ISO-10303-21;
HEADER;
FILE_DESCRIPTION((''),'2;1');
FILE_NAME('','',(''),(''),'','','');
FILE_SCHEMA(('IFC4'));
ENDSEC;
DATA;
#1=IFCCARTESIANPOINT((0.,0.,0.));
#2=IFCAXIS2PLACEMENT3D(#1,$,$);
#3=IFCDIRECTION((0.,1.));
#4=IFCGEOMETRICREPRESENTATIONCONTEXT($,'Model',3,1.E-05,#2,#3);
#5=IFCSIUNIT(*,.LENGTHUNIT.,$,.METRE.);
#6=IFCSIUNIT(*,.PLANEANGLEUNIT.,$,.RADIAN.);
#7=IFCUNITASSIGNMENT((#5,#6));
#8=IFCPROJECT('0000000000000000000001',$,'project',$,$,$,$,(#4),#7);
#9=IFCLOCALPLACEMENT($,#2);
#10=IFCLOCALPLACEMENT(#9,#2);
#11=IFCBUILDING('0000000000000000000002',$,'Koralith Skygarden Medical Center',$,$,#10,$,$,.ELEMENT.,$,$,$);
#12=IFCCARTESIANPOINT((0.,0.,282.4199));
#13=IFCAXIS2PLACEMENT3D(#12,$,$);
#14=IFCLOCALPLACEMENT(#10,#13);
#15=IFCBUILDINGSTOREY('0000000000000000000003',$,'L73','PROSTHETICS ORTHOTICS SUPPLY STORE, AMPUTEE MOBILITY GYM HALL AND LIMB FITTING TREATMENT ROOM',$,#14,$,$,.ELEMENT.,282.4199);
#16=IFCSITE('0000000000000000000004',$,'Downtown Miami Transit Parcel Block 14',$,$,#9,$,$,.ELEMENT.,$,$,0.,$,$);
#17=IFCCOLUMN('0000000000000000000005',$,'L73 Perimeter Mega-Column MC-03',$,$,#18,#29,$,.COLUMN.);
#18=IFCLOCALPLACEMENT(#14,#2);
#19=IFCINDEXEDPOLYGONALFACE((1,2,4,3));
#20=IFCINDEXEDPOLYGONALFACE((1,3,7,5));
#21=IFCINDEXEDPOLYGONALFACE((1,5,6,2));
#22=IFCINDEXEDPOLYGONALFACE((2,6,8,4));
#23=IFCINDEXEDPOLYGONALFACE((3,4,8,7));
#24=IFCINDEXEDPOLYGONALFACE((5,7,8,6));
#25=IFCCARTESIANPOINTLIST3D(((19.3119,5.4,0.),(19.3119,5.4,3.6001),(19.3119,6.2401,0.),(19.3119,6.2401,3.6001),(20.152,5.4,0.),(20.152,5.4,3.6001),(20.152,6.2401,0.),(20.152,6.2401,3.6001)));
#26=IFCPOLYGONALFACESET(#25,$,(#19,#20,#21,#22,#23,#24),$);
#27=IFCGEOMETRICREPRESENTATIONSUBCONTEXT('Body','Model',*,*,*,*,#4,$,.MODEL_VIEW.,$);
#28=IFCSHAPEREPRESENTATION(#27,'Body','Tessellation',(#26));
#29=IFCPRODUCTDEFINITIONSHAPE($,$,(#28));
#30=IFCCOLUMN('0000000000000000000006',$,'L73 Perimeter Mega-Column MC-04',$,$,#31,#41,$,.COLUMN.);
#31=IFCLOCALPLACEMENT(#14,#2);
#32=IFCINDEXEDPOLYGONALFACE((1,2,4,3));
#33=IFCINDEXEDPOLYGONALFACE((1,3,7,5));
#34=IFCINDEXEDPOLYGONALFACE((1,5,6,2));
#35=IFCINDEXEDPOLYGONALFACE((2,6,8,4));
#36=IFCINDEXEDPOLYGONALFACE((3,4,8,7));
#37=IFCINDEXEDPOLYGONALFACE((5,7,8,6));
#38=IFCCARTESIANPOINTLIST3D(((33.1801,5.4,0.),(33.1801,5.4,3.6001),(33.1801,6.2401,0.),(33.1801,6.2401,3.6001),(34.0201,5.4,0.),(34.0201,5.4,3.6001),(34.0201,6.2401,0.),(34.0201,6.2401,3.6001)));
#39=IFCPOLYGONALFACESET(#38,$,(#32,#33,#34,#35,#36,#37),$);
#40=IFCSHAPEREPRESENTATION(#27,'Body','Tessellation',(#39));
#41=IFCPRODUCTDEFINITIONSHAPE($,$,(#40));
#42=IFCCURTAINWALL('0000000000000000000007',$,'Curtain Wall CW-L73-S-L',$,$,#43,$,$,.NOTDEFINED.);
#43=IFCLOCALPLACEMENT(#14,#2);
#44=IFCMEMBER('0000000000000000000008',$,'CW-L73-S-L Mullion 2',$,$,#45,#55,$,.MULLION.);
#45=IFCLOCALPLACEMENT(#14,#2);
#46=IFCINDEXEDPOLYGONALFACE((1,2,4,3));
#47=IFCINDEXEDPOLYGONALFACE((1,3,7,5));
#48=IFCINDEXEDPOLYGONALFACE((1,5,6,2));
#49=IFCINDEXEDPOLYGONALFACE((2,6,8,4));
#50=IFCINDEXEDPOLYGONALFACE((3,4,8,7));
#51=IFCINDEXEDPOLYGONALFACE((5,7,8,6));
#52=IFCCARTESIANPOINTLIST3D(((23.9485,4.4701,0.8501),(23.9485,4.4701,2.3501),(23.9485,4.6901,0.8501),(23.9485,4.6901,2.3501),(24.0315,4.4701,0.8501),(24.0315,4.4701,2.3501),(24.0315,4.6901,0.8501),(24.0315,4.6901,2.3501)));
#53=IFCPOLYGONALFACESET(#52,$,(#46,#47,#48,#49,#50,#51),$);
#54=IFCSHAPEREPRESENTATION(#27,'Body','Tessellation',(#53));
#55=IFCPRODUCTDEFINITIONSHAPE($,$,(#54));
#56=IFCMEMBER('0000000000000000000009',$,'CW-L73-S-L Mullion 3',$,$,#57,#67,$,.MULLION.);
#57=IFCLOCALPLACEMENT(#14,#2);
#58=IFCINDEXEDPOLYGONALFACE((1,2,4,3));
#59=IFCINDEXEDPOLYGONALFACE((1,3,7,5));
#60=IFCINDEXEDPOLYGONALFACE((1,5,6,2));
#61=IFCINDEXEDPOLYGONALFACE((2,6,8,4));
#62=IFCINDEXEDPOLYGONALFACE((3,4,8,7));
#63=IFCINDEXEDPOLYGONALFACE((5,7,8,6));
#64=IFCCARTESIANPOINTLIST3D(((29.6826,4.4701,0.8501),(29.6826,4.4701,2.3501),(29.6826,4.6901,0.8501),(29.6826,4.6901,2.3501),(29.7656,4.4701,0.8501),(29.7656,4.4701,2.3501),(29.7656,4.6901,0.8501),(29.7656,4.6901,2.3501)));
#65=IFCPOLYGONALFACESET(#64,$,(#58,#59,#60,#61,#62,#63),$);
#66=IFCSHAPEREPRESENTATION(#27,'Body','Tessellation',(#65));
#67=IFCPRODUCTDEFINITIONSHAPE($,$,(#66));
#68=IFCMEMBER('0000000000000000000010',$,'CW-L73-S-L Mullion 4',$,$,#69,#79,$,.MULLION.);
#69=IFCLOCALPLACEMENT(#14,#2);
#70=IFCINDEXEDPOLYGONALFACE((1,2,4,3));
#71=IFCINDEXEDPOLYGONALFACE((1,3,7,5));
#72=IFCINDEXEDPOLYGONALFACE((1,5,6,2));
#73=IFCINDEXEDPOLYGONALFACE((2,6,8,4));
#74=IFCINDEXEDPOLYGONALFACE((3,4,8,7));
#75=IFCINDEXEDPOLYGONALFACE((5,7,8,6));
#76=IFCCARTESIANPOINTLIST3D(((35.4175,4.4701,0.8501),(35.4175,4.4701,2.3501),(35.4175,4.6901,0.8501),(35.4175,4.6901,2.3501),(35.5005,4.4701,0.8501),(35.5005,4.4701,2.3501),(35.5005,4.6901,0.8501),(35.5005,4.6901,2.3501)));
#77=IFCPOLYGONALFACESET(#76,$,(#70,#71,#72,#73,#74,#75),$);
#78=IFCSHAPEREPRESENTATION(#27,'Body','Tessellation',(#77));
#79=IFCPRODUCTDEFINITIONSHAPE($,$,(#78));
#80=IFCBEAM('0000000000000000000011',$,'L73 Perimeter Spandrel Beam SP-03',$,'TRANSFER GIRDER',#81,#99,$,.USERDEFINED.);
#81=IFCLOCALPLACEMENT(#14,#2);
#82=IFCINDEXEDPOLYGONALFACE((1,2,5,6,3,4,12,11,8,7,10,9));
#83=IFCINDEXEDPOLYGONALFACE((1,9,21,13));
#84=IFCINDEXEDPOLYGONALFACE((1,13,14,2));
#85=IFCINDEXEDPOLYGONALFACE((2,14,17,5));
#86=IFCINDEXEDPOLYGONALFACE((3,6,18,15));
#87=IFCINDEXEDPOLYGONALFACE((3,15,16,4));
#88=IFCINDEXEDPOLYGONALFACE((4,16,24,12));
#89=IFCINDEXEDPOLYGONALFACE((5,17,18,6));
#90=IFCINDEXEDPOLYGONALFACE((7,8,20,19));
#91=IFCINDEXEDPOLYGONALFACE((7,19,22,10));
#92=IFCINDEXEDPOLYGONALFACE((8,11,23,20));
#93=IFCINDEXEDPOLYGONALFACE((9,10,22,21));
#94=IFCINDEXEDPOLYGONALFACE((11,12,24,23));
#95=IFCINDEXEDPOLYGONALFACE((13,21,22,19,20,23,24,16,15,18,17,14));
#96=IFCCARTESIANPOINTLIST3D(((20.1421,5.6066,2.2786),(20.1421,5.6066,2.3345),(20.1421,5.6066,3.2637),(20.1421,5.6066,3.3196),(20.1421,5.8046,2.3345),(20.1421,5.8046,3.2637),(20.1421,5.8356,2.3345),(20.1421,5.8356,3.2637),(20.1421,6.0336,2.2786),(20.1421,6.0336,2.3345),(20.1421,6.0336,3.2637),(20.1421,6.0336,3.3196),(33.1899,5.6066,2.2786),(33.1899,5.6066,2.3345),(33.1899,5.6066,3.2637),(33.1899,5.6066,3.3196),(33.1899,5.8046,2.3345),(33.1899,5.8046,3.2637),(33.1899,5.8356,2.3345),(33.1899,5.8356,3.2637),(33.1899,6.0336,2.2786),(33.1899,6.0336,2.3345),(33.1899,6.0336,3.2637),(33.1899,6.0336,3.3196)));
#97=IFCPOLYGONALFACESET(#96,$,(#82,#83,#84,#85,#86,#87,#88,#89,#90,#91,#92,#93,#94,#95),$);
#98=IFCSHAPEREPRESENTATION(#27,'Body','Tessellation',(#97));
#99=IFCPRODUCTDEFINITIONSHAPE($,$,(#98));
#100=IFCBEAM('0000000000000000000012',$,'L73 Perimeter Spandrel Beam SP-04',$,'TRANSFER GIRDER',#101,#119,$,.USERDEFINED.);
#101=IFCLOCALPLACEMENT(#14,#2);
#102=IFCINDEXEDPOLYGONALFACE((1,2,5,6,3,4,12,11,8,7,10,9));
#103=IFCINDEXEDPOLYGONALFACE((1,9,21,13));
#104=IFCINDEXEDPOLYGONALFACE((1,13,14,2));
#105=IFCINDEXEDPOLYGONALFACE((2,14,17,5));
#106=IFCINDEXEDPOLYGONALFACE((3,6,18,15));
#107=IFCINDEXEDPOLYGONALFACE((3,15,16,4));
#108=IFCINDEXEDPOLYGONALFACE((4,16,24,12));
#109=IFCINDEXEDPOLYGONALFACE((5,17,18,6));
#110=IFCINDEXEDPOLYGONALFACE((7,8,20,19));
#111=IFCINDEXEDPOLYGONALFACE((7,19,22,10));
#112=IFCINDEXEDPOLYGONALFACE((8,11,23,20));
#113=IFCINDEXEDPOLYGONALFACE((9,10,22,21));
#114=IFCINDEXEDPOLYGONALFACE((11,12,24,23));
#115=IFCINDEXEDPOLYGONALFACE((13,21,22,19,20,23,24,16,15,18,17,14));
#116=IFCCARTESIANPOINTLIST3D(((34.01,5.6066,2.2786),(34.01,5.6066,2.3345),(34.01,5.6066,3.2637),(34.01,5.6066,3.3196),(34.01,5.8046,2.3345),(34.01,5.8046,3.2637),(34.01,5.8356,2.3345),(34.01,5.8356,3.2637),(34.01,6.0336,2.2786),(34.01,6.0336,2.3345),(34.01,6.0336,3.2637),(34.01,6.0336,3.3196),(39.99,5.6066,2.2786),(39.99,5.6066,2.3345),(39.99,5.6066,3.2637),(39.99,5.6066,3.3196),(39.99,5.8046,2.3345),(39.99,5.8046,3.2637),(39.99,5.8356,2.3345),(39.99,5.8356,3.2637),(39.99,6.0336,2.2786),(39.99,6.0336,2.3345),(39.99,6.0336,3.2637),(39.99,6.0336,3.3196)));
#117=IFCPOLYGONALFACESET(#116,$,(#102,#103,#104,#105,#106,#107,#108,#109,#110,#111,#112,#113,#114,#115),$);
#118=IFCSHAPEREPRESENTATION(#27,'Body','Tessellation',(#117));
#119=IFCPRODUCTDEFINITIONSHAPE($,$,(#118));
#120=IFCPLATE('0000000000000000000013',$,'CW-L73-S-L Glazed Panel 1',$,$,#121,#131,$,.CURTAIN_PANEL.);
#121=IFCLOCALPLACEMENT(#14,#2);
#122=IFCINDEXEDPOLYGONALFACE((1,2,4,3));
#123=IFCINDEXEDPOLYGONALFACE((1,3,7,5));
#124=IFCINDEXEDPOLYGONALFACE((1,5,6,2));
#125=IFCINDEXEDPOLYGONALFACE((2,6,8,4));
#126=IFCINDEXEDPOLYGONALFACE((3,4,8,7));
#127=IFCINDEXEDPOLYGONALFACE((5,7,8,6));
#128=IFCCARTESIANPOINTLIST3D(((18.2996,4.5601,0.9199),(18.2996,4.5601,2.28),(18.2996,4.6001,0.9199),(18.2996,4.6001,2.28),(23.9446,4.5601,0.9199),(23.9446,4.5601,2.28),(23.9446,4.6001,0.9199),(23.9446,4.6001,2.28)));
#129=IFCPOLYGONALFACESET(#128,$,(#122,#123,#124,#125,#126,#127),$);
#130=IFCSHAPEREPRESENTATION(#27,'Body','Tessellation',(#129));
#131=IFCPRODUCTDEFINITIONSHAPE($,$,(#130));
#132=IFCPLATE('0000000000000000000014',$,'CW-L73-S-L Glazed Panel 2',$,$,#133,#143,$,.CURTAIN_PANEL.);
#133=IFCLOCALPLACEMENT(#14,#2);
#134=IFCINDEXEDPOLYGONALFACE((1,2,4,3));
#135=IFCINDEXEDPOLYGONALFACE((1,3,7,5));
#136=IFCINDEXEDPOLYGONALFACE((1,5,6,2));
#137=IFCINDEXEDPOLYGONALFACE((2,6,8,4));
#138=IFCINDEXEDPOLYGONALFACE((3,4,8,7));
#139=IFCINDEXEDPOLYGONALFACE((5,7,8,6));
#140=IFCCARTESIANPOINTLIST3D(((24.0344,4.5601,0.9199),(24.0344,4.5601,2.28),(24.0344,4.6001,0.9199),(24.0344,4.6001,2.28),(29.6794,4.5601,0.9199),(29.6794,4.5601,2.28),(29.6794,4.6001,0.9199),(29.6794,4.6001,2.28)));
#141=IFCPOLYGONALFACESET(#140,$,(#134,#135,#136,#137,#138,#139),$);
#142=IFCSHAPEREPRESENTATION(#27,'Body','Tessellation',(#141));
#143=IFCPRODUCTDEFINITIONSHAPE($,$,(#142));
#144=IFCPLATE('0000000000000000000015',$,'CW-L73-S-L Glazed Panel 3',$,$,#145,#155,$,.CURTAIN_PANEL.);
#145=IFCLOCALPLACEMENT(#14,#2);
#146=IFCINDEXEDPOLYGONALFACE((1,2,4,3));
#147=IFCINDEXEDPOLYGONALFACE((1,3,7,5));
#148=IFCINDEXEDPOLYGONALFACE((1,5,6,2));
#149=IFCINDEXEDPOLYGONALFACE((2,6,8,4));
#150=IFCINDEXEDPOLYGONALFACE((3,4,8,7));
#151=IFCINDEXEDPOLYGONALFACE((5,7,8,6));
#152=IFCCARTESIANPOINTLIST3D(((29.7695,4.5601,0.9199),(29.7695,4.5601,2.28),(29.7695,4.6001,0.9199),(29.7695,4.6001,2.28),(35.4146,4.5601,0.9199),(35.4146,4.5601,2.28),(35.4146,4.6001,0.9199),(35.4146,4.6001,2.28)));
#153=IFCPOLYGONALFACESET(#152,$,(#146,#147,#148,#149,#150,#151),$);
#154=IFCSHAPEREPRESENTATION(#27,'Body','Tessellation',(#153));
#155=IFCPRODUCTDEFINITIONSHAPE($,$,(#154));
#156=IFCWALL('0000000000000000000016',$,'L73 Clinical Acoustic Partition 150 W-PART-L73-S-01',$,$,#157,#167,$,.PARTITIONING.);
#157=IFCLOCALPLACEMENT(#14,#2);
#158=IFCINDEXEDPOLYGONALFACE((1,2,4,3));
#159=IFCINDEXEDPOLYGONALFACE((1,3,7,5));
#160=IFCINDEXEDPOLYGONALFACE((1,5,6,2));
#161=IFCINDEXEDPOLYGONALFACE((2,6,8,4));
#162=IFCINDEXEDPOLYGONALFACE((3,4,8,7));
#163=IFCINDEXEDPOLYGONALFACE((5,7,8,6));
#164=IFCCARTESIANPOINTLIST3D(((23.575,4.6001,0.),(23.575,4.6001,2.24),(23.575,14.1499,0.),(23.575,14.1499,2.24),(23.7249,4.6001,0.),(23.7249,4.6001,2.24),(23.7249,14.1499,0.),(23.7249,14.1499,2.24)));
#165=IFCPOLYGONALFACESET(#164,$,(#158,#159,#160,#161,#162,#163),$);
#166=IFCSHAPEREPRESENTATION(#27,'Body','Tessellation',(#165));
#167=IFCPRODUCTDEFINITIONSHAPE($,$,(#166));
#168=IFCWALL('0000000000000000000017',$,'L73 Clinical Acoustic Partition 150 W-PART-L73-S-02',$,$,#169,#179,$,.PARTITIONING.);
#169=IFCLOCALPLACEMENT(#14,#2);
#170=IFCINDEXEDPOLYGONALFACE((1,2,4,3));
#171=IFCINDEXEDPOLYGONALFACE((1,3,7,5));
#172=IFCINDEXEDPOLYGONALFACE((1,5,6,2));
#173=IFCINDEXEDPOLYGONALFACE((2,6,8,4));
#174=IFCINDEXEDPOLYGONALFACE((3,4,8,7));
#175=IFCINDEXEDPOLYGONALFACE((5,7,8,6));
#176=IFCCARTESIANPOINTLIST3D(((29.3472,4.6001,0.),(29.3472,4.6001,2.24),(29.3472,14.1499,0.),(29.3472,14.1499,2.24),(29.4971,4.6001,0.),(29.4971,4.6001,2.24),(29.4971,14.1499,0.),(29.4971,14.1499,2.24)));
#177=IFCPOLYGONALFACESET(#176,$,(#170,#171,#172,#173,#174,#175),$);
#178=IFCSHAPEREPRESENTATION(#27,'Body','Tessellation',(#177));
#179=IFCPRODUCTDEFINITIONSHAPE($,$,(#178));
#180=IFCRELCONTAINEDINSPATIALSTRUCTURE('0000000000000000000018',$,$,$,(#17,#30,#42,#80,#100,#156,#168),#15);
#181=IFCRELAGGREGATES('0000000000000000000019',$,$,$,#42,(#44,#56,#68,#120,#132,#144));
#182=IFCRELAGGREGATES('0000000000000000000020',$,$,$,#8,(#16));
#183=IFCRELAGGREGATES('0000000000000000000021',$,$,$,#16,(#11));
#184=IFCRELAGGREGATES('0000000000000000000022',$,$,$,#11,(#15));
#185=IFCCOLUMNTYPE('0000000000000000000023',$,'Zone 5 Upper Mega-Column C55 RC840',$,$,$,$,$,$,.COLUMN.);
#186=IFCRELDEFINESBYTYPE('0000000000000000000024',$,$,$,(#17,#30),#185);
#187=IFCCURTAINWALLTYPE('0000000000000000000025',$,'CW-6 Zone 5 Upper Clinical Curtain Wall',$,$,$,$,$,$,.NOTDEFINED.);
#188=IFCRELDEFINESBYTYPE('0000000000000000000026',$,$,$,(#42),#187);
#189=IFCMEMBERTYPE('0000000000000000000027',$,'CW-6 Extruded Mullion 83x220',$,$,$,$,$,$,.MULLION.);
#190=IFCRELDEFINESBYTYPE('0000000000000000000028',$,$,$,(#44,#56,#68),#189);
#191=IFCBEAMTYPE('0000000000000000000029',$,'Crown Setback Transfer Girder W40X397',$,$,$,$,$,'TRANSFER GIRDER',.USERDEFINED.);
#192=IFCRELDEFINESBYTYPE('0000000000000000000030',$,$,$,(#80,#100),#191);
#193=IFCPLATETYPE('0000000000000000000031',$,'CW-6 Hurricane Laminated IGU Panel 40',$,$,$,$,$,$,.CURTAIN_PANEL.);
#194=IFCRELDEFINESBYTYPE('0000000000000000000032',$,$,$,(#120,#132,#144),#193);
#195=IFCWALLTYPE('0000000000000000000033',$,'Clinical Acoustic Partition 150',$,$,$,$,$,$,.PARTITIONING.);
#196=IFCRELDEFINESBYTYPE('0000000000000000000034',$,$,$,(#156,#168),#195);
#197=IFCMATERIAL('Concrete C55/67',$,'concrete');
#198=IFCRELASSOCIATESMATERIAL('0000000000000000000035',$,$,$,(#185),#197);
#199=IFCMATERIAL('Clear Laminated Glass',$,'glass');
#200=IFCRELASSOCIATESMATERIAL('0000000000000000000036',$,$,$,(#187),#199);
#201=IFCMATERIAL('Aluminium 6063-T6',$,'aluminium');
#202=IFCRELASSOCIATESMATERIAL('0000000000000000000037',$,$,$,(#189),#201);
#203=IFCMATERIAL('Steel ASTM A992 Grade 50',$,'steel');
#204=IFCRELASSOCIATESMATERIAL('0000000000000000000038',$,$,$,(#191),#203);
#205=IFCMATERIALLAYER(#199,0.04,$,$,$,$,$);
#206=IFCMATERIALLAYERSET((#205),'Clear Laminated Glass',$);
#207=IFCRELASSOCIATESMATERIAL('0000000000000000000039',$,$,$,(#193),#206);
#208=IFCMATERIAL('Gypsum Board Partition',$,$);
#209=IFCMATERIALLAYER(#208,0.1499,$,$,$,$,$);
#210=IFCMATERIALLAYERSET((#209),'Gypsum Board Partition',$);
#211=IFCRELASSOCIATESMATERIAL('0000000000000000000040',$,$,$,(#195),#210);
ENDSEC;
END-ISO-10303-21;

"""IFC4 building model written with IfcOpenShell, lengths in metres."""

from ifc_helpers import new_model, si_unit, direction, frame, frame_2d, origin, origin_2d, place, context, subcontext, project, spatial, rectangle, i_section, extrude, material, layer, layer_set, material_profile, profile_set, type_object, element, aggregate, save


model = new_model("IFC4")

# Units and contexts
model_context = context("Model", 3, precision=1e-05, world=origin(), true_north=direction((0.0, 1.0)))
body_context = subcontext(model_context, "Body", "Model", "MODEL_VIEW")
ifc_project = project(units=[si_unit("LENGTHUNIT", "METRE"), si_unit("PLANEANGLEUNIT", "RADIAN")], contexts=[model_context])

# Site, building, storey
site_placement = place(None, origin())
site = spatial("IfcSite", under=ifc_project, at=site_placement, Name="Downtown Miami Transit Parcel Block 14", CompositionType="ELEMENT", RefElevation=0.0)
building_placement = place(site_placement, origin())
building = spatial("IfcBuilding", under=site, at=building_placement, Name="Koralith Skygarden Medical Center", CompositionType="ELEMENT")
storey_placement = place(building_placement, frame((0.0, 0.0, 282.4199)))
storey = spatial("IfcBuildingStorey", under=building, at=storey_placement, Name="L73", Description="PROSTHETICS ORTHOTICS SUPPLY STORE, AMPUTEE MOBILITY GYM HALL AND LIMB FITTING TREATMENT ROOM", CompositionType="ELEMENT", Elevation=282.4199)

# Columns
ifc_material_1 = material(Name="Concrete C55/67", Category="concrete")
ifc_material_profile_1 = material_profile(ifc_material_1, rectangle(XDim=0.8401, YDim=0.8401, at=origin_2d()), Name="RC840X840")
ifc_profile_set_1 = profile_set([ifc_material_profile_1], Name="Concrete C55/67")
column_type = type_object("IfcColumnType", Name="Zone 5 Upper Mega-Column C55 RC840", PredefinedType="COLUMN", material=ifc_profile_set_1)
for number, where, z_axis, x_axis, name in (
    (1, (19.7319, 5.8201, 0.0), (0.0, 0.0, 1.0), (1.0, 0.0, 0.0), "L73 Perimeter Mega-Column MC-03"),
    (2, (33.6001, 5.8201, 0.0), (0.0, 0.0, 1.0), (1.0, 0.0, 0.0), "L73 Perimeter Mega-Column MC-04"),
):
    element("IfcColumn", number, at=place(storey_placement, frame(where, z_axis=z_axis, x_axis=x_axis)), inside=storey, type_object=column_type, Name=name, PredefinedType="COLUMN", context=body_context, shape_type="SweptSolid", body=[
        extrude(rectangle(XDim=0.8401, YDim=0.8401, at=origin_2d()), origin(), (0.0, 0.0, 1.0), 3.6001),
    ])

# Curtain wall, members
ifc_material_2 = material(Name="Clear Laminated Glass", Category="glass")
curtain_wall_type = type_object("IfcCurtainWallType", Name="CW-6 Zone 5 Upper Clinical Curtain Wall", PredefinedType="NOTDEFINED", material=ifc_material_2)
curtain_wall_placement = place(storey_placement, origin())
curtain_wall = element("IfcCurtainWall", 3, at=curtain_wall_placement, inside=storey, type_object=curtain_wall_type, Name="Curtain Wall CW-L73-S-L", PredefinedType="NOTDEFINED")
ifc_material_3 = material(Name="Aluminium 6063-T6", Category="aluminium")
ifc_material_profile_2 = material_profile(ifc_material_3, rectangle(XDim=0.083, YDim=0.22, at=origin_2d()), Name="MUL83X220")
ifc_profile_set_2 = profile_set([ifc_material_profile_2], Name="Aluminium 6063-T6")
member_type = type_object("IfcMemberType", Name="CW-6 Extruded Mullion 83x220", PredefinedType="MULLION", material=ifc_profile_set_2)
member_1_placement = place(storey_placement, frame((23.99, 4.5801, 0.8501), z_axis=(0.0, 0.0, 1.0), x_axis=(1.0, 0.0, 0.0)))
member_1 = element("IfcMember", 4, at=member_1_placement, type_object=member_type, Name="CW-L73-S-L Mullion 2", PredefinedType="MULLION", context=body_context, shape_type="SweptSolid", body=[
    extrude(rectangle(XDim=0.083, YDim=0.22, at=origin_2d()), origin(), (0.0, 0.0, 1.0), 1.5),
])
member_2_placement = place(storey_placement, frame((29.7241, 4.5801, 0.8501), z_axis=(0.0, 0.0, 1.0), x_axis=(1.0, 0.0, 0.0)))
member_2 = element("IfcMember", 5, at=member_2_placement, type_object=member_type, Name="CW-L73-S-L Mullion 3", PredefinedType="MULLION", context=body_context, shape_type="SweptSolid", body=[
    extrude(rectangle(XDim=0.083, YDim=0.22, at=origin_2d()), origin(), (0.0, 0.0, 1.0), 1.5),
])
member_3_placement = place(storey_placement, frame((35.459, 4.5801, 0.8501), z_axis=(0.0, 0.0, 1.0), x_axis=(1.0, 0.0, 0.0)))
member_3 = element("IfcMember", 6, at=member_3_placement, type_object=member_type, Name="CW-L73-S-L Mullion 4", PredefinedType="MULLION", context=body_context, shape_type="SweptSolid", body=[
    extrude(rectangle(XDim=0.083, YDim=0.22, at=origin_2d()), origin(), (0.0, 0.0, 1.0), 1.5),
])

# Beams
ifc_material_4 = material(Name="Steel ASTM A992 Grade 50", Category="steel")
ifc_material_profile_3 = material_profile(ifc_material_4, i_section(OverallWidth=0.427, OverallDepth=1.041, WebThickness=0.031, FlangeThickness=0.0559, at=origin_2d()), Name="W40X397")
ifc_profile_set_3 = profile_set([ifc_material_profile_3], Name="Steel ASTM A992 Grade 50")
beam_type = type_object("IfcBeamType", Name="Crown Setback Transfer Girder W40X397", ElementType="TRANSFER GIRDER", PredefinedType="USERDEFINED", material=ifc_profile_set_3)
beam_1_placement = place(storey_placement, frame((20.1421, 5.8201, 2.7991), z_axis=(1.0, 0.0, 0.0), x_axis=(0.0, 1.0, 0.0)))
element("IfcBeam", 7, at=beam_1_placement, inside=storey, type_object=beam_type, Name="L73 Perimeter Spandrel Beam SP-03", ObjectType="TRANSFER GIRDER", PredefinedType="USERDEFINED", context=body_context, shape_type="SweptSolid", body=[
    extrude(i_section(OverallWidth=0.427, OverallDepth=1.041, WebThickness=0.031, FlangeThickness=0.0559, at=origin_2d()), origin(), (0.0, 0.0, 1.0), 13.0479),
])
beam_2_placement = place(storey_placement, frame((34.01, 5.8201, 2.7991), z_axis=(1.0, 0.0, 0.0), x_axis=(0.0, 1.0, 0.0)))
element("IfcBeam", 8, at=beam_2_placement, inside=storey, type_object=beam_type, Name="L73 Perimeter Spandrel Beam SP-04", ObjectType="TRANSFER GIRDER", PredefinedType="USERDEFINED", context=body_context, shape_type="SweptSolid", body=[
    extrude(i_section(OverallWidth=0.427, OverallDepth=1.041, WebThickness=0.031, FlangeThickness=0.0559, at=origin_2d()), origin(), (0.0, 0.0, 1.0), 5.98),
])

# Plates
ifc_layer_1 = layer(ifc_material_2, 0.04)
ifc_layer_set_1 = layer_set([ifc_layer_1], Name="Clear Laminated Glass")
plate_type = type_object("IfcPlateType", Name="CW-6 Hurricane Laminated IGU Panel 40", PredefinedType="CURTAIN_PANEL", material=ifc_layer_set_1)
plate_1_placement = place(storey_placement, frame((21.1221, 4.5801, 0.9199), z_axis=(0.0, 0.0, 1.0), x_axis=(1.0, 0.0, 0.0)))
plate_1 = element("IfcPlate", 9, at=plate_1_placement, type_object=plate_type, Name="CW-L73-S-L Glazed Panel 1", PredefinedType="CURTAIN_PANEL", context=body_context, shape_type="SweptSolid", body=[
    extrude(rectangle(XDim=5.645, YDim=0.04, at=origin_2d()), origin(), (0.0, 0.0, 1.0), 1.3601),
])
plate_2_placement = place(storey_placement, frame((26.8569, 4.5801, 0.9199), z_axis=(0.0, 0.0, 1.0), x_axis=(1.0, 0.0, 0.0)))
plate_2 = element("IfcPlate", 10, at=plate_2_placement, type_object=plate_type, Name="CW-L73-S-L Glazed Panel 2", PredefinedType="CURTAIN_PANEL", context=body_context, shape_type="SweptSolid", body=[
    extrude(rectangle(XDim=5.645, YDim=0.04, at=origin_2d()), origin(), (0.0, 0.0, 1.0), 1.3601),
])
plate_3_placement = place(storey_placement, frame((32.592, 4.5801, 0.9199), z_axis=(0.0, 0.0, 1.0), x_axis=(1.0, 0.0, 0.0)))
plate_3 = element("IfcPlate", 11, at=plate_3_placement, type_object=plate_type, Name="CW-L73-S-L Glazed Panel 3", PredefinedType="CURTAIN_PANEL", context=body_context, shape_type="SweptSolid", body=[
    extrude(rectangle(XDim=5.645, YDim=0.04, at=origin_2d()), origin(), (0.0, 0.0, 1.0), 1.3601),
])
aggregate(curtain_wall, [member_1, member_2, member_3, plate_1, plate_2, plate_3])

# Walls
ifc_material_5 = material(Name="Gypsum Board Partition")
ifc_layer_2 = layer(ifc_material_5, 0.1499)
ifc_layer_set_2 = layer_set([ifc_layer_2], Name="Gypsum Board Partition")
wall_type_1 = type_object("IfcWallType", Name="Clinical Acoustic Partition 150", PredefinedType="PARTITIONING", material=ifc_layer_set_2)
for number, where, z_axis, x_axis, name in (
    (12, (23.6499, 14.1499, 0.0), (0.0, 0.0, 1.0), (0.0, -1.0, 0.0), "L73 Clinical Acoustic Partition 150 W-PART-L73-S-01"),
    (13, (29.4221, 14.1499, 0.0), (0.0, 0.0, 1.0), (0.0, -1.0, 0.0), "L73 Clinical Acoustic Partition 150 W-PART-L73-S-02"),
):
    element("IfcWall", number, at=place(storey_placement, frame(where, z_axis=z_axis, x_axis=x_axis)), inside=storey, type_object=wall_type_1, Name=name, PredefinedType="PARTITIONING", context=body_context, shape_type="SweptSolid", body=[
        extrude(rectangle(XDim=9.5498, YDim=0.1499, at=frame_2d((4.7749, 0.0))), origin(), (0.0, 0.0, 1.0), 2.24),
    ])

save(model, "model.ifc")
